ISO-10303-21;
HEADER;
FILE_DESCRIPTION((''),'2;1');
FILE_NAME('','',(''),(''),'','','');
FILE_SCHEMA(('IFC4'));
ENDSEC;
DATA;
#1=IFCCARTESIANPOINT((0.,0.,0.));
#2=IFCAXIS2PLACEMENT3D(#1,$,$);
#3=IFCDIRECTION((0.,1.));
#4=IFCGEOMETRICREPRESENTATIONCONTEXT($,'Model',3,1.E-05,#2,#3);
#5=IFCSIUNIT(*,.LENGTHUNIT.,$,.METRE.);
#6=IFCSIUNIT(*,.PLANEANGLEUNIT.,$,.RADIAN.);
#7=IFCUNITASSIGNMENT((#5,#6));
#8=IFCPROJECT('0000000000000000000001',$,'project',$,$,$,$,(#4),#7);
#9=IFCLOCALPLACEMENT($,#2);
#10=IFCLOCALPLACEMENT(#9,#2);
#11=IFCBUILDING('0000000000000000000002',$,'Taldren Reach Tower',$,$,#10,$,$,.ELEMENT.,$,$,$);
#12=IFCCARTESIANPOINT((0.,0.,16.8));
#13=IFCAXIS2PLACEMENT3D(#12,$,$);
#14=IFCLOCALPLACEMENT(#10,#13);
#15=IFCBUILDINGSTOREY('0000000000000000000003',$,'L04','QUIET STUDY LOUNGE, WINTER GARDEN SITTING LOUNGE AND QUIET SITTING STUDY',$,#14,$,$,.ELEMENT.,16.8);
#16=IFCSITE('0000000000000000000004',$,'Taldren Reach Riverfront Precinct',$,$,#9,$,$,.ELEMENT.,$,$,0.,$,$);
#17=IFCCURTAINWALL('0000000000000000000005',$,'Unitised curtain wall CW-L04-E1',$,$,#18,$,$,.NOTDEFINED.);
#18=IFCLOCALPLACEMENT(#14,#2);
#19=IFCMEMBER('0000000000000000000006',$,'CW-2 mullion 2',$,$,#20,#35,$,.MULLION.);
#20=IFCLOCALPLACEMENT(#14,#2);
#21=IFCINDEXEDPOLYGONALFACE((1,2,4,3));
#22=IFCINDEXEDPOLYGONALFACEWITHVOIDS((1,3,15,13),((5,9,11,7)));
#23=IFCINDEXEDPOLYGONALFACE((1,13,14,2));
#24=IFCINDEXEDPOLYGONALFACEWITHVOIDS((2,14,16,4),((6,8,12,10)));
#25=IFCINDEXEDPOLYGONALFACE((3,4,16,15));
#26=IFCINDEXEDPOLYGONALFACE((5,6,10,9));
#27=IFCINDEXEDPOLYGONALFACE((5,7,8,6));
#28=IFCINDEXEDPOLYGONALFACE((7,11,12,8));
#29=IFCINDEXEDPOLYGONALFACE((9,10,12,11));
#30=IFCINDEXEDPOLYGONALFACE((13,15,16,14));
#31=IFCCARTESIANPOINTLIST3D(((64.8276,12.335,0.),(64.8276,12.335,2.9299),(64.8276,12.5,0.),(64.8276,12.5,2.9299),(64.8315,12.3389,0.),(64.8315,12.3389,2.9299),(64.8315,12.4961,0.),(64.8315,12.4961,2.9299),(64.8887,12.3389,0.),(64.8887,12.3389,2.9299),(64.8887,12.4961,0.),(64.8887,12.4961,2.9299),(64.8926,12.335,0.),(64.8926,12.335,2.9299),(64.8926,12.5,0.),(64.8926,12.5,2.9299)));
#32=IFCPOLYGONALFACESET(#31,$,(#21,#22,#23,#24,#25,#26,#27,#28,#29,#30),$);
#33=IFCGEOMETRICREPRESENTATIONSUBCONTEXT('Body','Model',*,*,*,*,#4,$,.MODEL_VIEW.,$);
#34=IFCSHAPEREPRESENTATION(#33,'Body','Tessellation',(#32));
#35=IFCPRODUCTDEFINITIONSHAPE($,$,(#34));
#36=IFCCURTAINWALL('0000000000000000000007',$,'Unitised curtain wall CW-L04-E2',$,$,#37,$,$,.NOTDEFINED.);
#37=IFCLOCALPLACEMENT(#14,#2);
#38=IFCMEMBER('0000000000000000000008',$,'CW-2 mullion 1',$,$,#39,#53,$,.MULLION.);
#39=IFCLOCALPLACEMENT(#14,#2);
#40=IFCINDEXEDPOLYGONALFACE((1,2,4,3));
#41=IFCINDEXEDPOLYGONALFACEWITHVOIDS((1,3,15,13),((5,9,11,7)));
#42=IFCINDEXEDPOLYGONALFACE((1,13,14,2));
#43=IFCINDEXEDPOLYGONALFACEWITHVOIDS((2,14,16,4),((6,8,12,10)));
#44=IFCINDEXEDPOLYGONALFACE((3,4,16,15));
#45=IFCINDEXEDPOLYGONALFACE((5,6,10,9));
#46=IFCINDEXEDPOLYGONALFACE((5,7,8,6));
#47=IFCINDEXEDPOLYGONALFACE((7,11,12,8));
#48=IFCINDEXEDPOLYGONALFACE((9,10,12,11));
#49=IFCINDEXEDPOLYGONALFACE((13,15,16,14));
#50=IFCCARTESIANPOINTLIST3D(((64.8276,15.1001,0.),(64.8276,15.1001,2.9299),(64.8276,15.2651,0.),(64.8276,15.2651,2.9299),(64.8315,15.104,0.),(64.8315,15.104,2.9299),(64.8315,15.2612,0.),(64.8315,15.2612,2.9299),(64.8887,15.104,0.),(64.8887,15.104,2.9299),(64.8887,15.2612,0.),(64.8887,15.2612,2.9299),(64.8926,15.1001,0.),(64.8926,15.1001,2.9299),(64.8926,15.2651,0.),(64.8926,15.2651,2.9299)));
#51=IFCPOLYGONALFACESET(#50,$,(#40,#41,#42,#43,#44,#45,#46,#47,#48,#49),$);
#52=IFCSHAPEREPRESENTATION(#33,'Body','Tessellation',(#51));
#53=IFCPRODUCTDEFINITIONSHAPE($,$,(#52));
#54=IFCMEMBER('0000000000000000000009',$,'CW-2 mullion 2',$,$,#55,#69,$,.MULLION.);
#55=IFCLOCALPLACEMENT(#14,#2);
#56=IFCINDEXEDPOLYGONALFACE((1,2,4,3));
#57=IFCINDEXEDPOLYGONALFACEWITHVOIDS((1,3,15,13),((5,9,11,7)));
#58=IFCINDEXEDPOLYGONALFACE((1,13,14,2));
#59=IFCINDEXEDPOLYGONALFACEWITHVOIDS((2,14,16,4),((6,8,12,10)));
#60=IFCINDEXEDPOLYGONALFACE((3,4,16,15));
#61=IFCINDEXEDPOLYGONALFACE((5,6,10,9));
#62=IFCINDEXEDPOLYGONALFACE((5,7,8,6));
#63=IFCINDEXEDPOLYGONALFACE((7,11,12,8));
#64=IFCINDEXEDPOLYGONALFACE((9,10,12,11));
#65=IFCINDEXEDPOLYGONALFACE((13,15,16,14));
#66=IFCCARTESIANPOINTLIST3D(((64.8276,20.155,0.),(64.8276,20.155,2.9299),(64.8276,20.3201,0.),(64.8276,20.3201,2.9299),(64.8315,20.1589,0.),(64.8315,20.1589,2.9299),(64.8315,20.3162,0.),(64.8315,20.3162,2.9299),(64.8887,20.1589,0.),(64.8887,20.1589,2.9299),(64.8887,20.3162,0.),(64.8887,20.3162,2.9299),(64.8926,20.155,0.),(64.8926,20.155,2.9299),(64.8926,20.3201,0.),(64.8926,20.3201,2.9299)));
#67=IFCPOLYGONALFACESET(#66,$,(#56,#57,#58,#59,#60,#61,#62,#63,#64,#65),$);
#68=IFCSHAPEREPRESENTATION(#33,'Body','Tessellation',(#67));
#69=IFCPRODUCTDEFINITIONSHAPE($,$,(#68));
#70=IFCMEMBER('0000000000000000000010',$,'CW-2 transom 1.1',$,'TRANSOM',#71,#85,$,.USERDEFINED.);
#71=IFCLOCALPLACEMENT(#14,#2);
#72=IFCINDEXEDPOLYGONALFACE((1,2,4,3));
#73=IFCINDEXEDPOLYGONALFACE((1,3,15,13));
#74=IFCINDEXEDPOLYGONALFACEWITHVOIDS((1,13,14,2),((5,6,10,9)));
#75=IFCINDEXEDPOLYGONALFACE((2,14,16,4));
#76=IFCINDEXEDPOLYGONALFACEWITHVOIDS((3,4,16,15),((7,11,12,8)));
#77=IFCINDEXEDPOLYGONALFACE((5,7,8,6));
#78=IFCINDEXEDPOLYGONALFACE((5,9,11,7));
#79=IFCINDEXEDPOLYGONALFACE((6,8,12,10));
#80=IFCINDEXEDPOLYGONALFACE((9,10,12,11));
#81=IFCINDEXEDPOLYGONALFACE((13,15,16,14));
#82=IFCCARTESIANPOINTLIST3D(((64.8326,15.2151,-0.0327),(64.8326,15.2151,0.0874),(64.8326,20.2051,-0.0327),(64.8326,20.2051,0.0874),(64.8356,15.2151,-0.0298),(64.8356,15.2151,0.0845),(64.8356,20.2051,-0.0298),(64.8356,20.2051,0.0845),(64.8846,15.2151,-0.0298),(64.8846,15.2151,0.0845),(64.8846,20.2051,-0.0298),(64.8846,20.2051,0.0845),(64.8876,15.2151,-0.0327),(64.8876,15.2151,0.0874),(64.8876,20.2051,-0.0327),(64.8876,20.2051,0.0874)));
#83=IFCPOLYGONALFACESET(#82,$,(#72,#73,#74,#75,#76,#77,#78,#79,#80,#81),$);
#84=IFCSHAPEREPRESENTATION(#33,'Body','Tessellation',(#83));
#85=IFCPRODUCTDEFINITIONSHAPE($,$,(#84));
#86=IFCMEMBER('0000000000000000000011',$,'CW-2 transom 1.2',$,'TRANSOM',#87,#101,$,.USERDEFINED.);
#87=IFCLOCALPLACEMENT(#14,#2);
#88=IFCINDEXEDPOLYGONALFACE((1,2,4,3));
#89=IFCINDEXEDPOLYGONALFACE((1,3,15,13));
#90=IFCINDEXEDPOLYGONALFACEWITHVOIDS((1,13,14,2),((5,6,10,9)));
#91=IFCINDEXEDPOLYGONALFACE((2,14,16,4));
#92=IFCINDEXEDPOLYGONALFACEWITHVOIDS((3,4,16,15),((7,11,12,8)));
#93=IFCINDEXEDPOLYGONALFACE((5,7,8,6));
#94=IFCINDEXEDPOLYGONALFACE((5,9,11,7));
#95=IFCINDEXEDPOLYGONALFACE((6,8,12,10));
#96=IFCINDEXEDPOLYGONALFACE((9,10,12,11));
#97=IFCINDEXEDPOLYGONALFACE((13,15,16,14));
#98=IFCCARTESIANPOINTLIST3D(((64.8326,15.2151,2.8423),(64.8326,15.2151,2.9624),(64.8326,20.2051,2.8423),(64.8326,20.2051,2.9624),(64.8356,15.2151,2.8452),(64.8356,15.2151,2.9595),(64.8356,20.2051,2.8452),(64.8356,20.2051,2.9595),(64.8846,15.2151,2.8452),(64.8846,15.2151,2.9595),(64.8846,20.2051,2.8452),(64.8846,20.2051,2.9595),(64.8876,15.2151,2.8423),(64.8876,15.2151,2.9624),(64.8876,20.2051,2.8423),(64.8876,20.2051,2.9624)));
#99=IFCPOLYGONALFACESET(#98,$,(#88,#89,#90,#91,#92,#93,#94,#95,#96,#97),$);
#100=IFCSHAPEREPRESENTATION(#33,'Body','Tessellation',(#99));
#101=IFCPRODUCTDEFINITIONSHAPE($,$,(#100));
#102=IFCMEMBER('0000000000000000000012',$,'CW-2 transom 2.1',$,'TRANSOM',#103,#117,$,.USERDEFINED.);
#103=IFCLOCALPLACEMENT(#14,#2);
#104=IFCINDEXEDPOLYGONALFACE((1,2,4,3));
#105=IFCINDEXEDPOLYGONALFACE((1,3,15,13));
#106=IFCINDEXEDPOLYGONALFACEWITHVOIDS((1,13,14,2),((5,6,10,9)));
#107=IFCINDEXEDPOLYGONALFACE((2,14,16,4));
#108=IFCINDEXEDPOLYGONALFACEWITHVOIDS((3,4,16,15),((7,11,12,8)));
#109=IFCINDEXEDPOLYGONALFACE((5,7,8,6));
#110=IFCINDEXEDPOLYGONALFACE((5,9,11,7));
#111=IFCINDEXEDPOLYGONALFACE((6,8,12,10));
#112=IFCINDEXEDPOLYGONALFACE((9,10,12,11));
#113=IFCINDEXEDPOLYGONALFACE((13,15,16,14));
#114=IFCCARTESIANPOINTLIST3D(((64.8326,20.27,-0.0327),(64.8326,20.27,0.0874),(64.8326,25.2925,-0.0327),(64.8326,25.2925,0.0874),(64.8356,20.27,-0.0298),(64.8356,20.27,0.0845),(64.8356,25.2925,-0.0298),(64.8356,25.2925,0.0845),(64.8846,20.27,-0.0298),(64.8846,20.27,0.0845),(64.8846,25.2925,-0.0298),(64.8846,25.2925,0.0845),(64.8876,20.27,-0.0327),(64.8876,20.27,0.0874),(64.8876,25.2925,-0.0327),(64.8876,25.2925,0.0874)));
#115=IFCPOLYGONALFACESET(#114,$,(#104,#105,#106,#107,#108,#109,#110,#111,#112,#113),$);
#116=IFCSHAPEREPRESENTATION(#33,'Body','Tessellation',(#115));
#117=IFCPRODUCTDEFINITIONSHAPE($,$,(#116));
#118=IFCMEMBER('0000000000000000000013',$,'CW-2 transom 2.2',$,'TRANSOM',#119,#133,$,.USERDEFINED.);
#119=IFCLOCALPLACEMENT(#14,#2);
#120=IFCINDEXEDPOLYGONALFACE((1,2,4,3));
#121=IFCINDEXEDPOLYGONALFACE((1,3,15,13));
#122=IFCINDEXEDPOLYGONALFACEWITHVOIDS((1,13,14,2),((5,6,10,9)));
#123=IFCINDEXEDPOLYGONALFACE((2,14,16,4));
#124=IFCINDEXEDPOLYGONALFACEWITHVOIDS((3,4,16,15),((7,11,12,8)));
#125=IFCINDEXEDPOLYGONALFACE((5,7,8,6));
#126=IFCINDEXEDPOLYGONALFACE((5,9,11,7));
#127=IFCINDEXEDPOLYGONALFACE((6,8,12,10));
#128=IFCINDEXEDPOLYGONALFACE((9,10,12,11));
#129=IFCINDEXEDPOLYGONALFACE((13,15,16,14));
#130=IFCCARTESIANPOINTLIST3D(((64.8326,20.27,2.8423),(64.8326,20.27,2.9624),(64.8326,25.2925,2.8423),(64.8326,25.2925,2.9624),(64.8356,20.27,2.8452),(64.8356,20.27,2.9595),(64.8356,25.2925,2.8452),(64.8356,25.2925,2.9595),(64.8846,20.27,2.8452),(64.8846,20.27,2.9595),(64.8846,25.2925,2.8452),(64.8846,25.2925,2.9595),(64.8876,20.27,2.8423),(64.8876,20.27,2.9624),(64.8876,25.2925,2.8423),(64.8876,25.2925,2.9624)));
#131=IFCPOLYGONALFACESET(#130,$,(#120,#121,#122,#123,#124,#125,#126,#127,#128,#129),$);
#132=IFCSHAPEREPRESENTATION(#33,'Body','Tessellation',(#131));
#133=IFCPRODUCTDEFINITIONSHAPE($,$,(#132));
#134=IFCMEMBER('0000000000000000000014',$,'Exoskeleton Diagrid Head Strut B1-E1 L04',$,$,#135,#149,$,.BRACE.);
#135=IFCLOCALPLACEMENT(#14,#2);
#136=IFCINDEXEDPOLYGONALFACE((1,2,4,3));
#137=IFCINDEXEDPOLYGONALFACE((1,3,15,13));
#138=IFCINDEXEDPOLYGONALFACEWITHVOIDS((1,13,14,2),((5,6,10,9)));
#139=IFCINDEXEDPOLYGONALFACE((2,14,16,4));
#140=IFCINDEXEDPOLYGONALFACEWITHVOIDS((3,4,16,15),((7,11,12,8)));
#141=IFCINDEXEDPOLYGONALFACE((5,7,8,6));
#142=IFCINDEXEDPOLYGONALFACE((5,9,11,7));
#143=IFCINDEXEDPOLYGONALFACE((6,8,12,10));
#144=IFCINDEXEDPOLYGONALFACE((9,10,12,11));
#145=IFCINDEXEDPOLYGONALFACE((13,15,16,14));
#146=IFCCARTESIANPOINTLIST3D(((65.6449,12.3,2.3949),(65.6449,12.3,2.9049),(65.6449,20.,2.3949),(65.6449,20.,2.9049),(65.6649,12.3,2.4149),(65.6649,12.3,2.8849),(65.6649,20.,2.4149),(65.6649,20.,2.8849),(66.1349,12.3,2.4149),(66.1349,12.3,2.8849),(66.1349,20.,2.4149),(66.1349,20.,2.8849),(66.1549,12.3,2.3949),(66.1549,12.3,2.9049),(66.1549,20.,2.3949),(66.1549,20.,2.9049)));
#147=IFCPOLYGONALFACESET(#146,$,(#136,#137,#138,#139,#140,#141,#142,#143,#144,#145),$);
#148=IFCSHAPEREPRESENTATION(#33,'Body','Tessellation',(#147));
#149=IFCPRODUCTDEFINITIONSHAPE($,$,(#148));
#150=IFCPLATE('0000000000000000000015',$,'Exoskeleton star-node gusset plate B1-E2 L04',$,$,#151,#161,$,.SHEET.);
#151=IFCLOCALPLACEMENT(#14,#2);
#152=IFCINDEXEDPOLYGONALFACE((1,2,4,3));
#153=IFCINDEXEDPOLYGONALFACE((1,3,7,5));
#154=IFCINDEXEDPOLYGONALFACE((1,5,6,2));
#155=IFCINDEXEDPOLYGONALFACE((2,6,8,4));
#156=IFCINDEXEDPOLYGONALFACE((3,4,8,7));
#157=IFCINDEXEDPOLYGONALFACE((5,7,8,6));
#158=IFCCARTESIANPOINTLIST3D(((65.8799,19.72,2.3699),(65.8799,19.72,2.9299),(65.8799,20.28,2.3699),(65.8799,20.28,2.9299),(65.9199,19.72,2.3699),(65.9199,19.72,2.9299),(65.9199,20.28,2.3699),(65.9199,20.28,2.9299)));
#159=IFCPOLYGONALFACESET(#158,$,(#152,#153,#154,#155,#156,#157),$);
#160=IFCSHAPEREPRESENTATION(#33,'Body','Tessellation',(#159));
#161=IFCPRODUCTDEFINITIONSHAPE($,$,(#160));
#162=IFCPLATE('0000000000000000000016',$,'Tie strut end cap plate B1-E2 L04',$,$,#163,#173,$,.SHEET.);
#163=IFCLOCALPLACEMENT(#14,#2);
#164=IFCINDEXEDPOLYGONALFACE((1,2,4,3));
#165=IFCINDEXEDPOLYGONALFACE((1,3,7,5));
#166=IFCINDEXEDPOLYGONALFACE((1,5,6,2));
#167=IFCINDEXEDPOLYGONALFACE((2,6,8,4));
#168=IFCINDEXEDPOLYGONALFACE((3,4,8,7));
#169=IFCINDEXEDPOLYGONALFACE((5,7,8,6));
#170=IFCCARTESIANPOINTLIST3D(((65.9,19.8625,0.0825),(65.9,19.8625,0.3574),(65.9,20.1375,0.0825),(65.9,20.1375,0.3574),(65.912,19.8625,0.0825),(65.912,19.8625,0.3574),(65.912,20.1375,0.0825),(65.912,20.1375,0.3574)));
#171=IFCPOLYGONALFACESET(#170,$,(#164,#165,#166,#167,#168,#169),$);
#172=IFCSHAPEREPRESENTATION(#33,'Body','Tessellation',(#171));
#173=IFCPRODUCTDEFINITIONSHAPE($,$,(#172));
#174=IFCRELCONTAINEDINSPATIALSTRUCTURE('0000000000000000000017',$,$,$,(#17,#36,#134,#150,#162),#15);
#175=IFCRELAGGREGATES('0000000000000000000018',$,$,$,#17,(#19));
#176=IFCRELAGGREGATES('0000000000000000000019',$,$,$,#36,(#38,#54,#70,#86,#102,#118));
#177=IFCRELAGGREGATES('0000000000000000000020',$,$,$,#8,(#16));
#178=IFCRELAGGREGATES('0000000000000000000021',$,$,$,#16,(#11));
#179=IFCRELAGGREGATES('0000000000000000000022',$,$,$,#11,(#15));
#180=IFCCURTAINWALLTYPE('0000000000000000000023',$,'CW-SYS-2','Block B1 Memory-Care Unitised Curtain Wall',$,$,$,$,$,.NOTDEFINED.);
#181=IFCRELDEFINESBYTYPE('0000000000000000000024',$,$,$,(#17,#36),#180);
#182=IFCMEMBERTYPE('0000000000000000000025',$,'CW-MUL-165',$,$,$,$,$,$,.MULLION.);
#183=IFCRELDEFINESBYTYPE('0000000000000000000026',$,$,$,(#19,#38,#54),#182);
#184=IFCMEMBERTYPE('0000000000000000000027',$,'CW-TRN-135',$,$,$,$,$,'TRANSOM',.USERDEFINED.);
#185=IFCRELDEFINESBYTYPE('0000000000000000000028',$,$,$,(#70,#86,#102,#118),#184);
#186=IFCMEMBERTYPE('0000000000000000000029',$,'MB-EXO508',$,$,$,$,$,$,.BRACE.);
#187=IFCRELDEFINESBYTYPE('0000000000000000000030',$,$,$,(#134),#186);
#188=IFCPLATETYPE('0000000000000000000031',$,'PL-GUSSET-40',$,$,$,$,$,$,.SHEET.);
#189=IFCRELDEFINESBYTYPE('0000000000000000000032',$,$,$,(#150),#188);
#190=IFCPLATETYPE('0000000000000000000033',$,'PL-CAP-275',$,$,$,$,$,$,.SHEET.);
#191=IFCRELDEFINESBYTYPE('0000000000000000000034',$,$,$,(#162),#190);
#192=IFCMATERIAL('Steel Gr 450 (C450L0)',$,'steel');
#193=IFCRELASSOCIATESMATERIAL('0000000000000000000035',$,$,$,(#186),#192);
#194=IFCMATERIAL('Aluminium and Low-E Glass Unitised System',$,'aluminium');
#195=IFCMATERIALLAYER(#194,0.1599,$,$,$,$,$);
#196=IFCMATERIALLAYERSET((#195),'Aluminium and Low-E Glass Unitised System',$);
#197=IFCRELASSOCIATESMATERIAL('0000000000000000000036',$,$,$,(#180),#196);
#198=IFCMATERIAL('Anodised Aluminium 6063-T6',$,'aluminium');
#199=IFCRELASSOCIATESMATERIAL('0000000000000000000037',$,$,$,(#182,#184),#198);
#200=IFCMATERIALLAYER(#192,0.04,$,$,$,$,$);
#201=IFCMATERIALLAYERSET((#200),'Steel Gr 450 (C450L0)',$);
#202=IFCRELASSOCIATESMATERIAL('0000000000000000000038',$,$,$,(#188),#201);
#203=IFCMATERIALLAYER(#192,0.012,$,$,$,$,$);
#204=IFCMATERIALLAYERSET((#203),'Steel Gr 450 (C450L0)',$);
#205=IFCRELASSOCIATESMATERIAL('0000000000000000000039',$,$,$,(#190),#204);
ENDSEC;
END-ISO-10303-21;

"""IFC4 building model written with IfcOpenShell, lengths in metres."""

from ifc_helpers import new_model, si_unit, direction, frame, origin, origin_2d, place, context, subcontext, project, spatial, rectangle, hollow_rectangle, extrude, source, transform, mapped, material, layer, layer_set, material_profile, profile_set, type_object, element, aggregate, save


model = new_model("IFC4")

# Units and contexts
model_context = context("Model", 3, precision=1e-05, world=origin(), true_north=direction((0.0, 1.0)))
body_context = subcontext(model_context, "Body", "Model", "MODEL_VIEW")
ifc_project = project(units=[si_unit("LENGTHUNIT", "METRE"), si_unit("PLANEANGLEUNIT", "RADIAN")], contexts=[model_context])

# Site, building, storey
site_placement = place(None, origin())
site = spatial("IfcSite", under=ifc_project, at=site_placement, Name="Taldren Reach Riverfront Precinct", CompositionType="ELEMENT", RefElevation=0.0)
building_placement = place(site_placement, origin())
building = spatial("IfcBuilding", under=site, at=building_placement, Name="Taldren Reach Tower", CompositionType="ELEMENT")
storey_placement = place(building_placement, frame((0.0, 0.0, 16.8)))
storey = spatial("IfcBuildingStorey", under=building, at=storey_placement, Name="L04", Description="QUIET STUDY LOUNGE, WINTER GARDEN SITTING LOUNGE AND QUIET SITTING STUDY", CompositionType="ELEMENT", Elevation=16.8)

# Shared definitions
ifc_material_1 = material(Name="Steel Gr 450 (C450L0)", Category="steel")
ifc_material_profile_1 = material_profile(ifc_material_1, hollow_rectangle(XDim=0.51, YDim=0.51, WallThickness=0.02, at=origin_2d()), Name="510x510x20.0SHS")
ifc_profile_set_1 = profile_set([ifc_material_profile_1], Name="Steel Gr 450 (C450L0)")
member_type_1 = type_object("IfcMemberType", Name="MB-EXO508", PredefinedType="BRACE", material=ifc_profile_set_1)

# Curtain wall, member
ifc_material_2 = material(Name="Aluminium and Low-E Glass Unitised System", Category="aluminium")
ifc_layer_1 = layer(ifc_material_2, 0.1599)
ifc_layer_set_1 = layer_set([ifc_layer_1], Name="Aluminium and Low-E Glass Unitised System")
curtain_wall_type = type_object("IfcCurtainWallType", Name="CW-SYS-2", Description="Block B1 Memory-Care Unitised Curtain Wall", PredefinedType="NOTDEFINED", material=ifc_layer_set_1)
curtain_wall_1_placement = place(storey_placement, origin())
curtain_wall_1 = element("IfcCurtainWall", 1, at=curtain_wall_1_placement, inside=storey, type_object=curtain_wall_type, Name="Unitised curtain wall CW-L04-E1", PredefinedType="NOTDEFINED")
ifc_material_3 = material(Name="Anodised Aluminium 6063-T6", Category="aluminium")
ifc_material_profile_2 = material_profile(ifc_material_3, hollow_rectangle(XDim=0.0649, YDim=0.165, WallThickness=0.0039, at=origin_2d()), Name="ALU-165x65x4RHS")
ifc_profile_set_2 = profile_set([ifc_material_profile_2], Name="Anodised Aluminium 6063-T6")
member_type_2 = type_object("IfcMemberType", Name="CW-MUL-165", PredefinedType="MULLION", material=ifc_profile_set_2)
shared_shape_1 = source(origin(), body_context, "Body", "SweptSolid", [
    extrude(hollow_rectangle(XDim=0.0649, YDim=0.165, WallThickness=0.0039, at=origin_2d()), origin(), (0.0, 0.0, 1.0), 2.9299),
])
member_1_placement = place(storey_placement, frame((64.8601, 12.4175, 0.0), z_axis=(0.0, 0.0, 1.0), x_axis=(-1.0, 0.0, 0.0)))
member_1 = element("IfcMember", 2, at=member_1_placement, type_object=member_type_2, Name="CW-2 mullion 2", PredefinedType="MULLION", context=body_context, shape_type="MappedRepresentation", body=[
    mapped(shared_shape_1, transform((0.0, 0.0, 0.0), scale=1.0)),
])

# Curtain wall, members
curtain_wall_2_placement = place(storey_placement, origin())
curtain_wall_2 = element("IfcCurtainWall", 3, at=curtain_wall_2_placement, inside=storey, type_object=curtain_wall_type, Name="Unitised curtain wall CW-L04-E2", PredefinedType="NOTDEFINED")
member_2_placement = place(storey_placement, frame((64.8601, 15.1826, 0.0), z_axis=(0.0, 0.0, 1.0), x_axis=(-1.0, 0.0, 0.0)))
member_2 = element("IfcMember", 4, at=member_2_placement, type_object=member_type_2, Name="CW-2 mullion 1", PredefinedType="MULLION", context=body_context, shape_type="MappedRepresentation", body=[
    mapped(shared_shape_1, transform((0.0, 0.0, 0.0), scale=1.0)),
])
member_3_placement = place(storey_placement, frame((64.8601, 20.2375, 0.0), z_axis=(0.0, 0.0, 1.0), x_axis=(-1.0, 0.0, 0.0)))
member_3 = element("IfcMember", 5, at=member_3_placement, type_object=member_type_2, Name="CW-2 mullion 2", PredefinedType="MULLION", context=body_context, shape_type="MappedRepresentation", body=[
    mapped(shared_shape_1, transform((0.0, 0.0, 0.0), scale=1.0)),
])
ifc_material_profile_3 = material_profile(ifc_material_3, hollow_rectangle(XDim=0.0549, YDim=0.1201, WallThickness=0.0029, at=origin_2d()), Name="ALU-120x55x3RHS")
ifc_profile_set_3 = profile_set([ifc_material_profile_3], Name="Anodised Aluminium 6063-T6")
member_type_3 = type_object("IfcMemberType", Name="CW-TRN-135", ElementType="TRANSOM", PredefinedType="USERDEFINED", material=ifc_profile_set_3)
shared_shape_2 = source(origin(), body_context, "Body", "SweptSolid", [
    extrude(hollow_rectangle(XDim=0.0549, YDim=0.1201, WallThickness=0.0029, at=origin_2d()), origin(), (0.0, 0.0, 1.0), 4.99),
])
member_4_placement = place(storey_placement, frame((64.8601, 15.2151, 0.0273), z_axis=(0.0, 1.0, 0.0), x_axis=(-1.0, 0.0, 0.0)))
member_4 = element("IfcMember", 6, at=member_4_placement, type_object=member_type_3, Name="CW-2 transom 1.1", ObjectType="TRANSOM", PredefinedType="USERDEFINED", context=body_context, shape_type="MappedRepresentation", body=[
    mapped(shared_shape_2, transform((0.0, 0.0, 0.0), scale=1.0)),
])
member_5_placement = place(storey_placement, frame((64.8601, 15.2151, 2.9023), z_axis=(0.0, 1.0, 0.0), x_axis=(-1.0, 0.0, 0.0)))
member_5 = element("IfcMember", 7, at=member_5_placement, type_object=member_type_3, Name="CW-2 transom 1.2", ObjectType="TRANSOM", PredefinedType="USERDEFINED", context=body_context, shape_type="MappedRepresentation", body=[
    mapped(shared_shape_2, transform((0.0, 0.0, 0.0), scale=1.0)),
])
shared_shape_3 = source(origin(), body_context, "Body", "SweptSolid", [
    extrude(hollow_rectangle(XDim=0.0549, YDim=0.1201, WallThickness=0.0029, at=origin_2d()), origin(), (0.0, 0.0, 1.0), 5.0225),
])
member_6_placement = place(storey_placement, frame((64.8601, 20.27, 0.0273), z_axis=(0.0, 1.0, 0.0), x_axis=(-1.0, 0.0, 0.0)))
member_6 = element("IfcMember", 8, at=member_6_placement, type_object=member_type_3, Name="CW-2 transom 2.1", ObjectType="TRANSOM", PredefinedType="USERDEFINED", context=body_context, shape_type="MappedRepresentation", body=[
    mapped(shared_shape_3, transform((0.0, 0.0, 0.0), scale=1.0)),
])
member_7_placement = place(storey_placement, frame((64.8601, 20.27, 2.9023), z_axis=(0.0, 1.0, 0.0), x_axis=(-1.0, 0.0, 0.0)))
member_7 = element("IfcMember", 9, at=member_7_placement, type_object=member_type_3, Name="CW-2 transom 2.2", ObjectType="TRANSOM", PredefinedType="USERDEFINED", context=body_context, shape_type="MappedRepresentation", body=[
    mapped(shared_shape_3, transform((0.0, 0.0, 0.0), scale=1.0)),
])

# Member
shared_shape_4 = source(origin(), body_context, "Body", "SweptSolid", [
    extrude(hollow_rectangle(XDim=0.51, YDim=0.51, WallThickness=0.02, at=origin_2d()), origin(), (0.0, 0.0, 1.0), 7.7),
])
member_8_placement = place(storey_placement, frame((65.8999, 12.3, 2.6499), z_axis=(0.0, 1.0, 0.0), x_axis=(-1.0, 0.0, 0.0)))
element("IfcMember", 10, at=member_8_placement, inside=storey, type_object=member_type_1, Name="Exoskeleton Diagrid Head Strut B1-E1 L04", PredefinedType="BRACE", context=body_context, shape_type="MappedRepresentation", body=[
    mapped(shared_shape_4, transform((0.0, 0.0, 0.0), scale=1.0)),
])

# Plates
ifc_layer_2 = layer(ifc_material_1, 0.04)
ifc_layer_set_2 = layer_set([ifc_layer_2], Name="Steel Gr 450 (C450L0)")
plate_type_1 = type_object("IfcPlateType", Name="PL-GUSSET-40", PredefinedType="SHEET", material=ifc_layer_set_2)
shared_shape_5 = source(origin(), body_context, "Body", "SweptSolid", [
    extrude(rectangle(XDim=0.5601, YDim=0.04, at=origin_2d()), origin(), (0.0, 0.0, 1.0), 0.5601),
])
plate_1_placement = place(storey_placement, frame((65.8999, 20.0, 2.3699), z_axis=(0.0, 0.0, 1.0), x_axis=(0.0, 1.0, 0.0)))
element("IfcPlate", 11, at=plate_1_placement, inside=storey, type_object=plate_type_1, Name="Exoskeleton star-node gusset plate B1-E2 L04", PredefinedType="SHEET", context=body_context, shape_type="MappedRepresentation", body=[
    mapped(shared_shape_5, transform((0.0, 0.0, 0.0), scale=1.0)),
])
ifc_layer_3 = layer(ifc_material_1, 0.012)
ifc_layer_set_3 = layer_set([ifc_layer_3], Name="Steel Gr 450 (C450L0)")
plate_type_2 = type_object("IfcPlateType", Name="PL-CAP-275", PredefinedType="SHEET", material=ifc_layer_set_3)
shared_shape_6 = source(origin(), body_context, "Body", "SweptSolid", [
    extrude(rectangle(XDim=0.012, YDim=0.2749, at=origin_2d()), origin(), (0.0, 0.0, 1.0), 0.2749),
])
plate_2_placement = place(storey_placement, frame((65.906, 20.0, 0.0825), z_axis=(0.0, 0.0, 1.0), x_axis=(1.0, 0.0, 0.0)))
element("IfcPlate", 12, at=plate_2_placement, inside=storey, type_object=plate_type_2, Name="Tie strut end cap plate B1-E2 L04", PredefinedType="SHEET", context=body_context, shape_type="MappedRepresentation", body=[
    mapped(shared_shape_6, transform((0.0, 0.0, 0.0), scale=1.0)),
])

aggregate(curtain_wall_1, [member_1])
aggregate(curtain_wall_2, [member_2, member_3, member_4, member_5, member_6, member_7])

save(model, "model.ifc")
